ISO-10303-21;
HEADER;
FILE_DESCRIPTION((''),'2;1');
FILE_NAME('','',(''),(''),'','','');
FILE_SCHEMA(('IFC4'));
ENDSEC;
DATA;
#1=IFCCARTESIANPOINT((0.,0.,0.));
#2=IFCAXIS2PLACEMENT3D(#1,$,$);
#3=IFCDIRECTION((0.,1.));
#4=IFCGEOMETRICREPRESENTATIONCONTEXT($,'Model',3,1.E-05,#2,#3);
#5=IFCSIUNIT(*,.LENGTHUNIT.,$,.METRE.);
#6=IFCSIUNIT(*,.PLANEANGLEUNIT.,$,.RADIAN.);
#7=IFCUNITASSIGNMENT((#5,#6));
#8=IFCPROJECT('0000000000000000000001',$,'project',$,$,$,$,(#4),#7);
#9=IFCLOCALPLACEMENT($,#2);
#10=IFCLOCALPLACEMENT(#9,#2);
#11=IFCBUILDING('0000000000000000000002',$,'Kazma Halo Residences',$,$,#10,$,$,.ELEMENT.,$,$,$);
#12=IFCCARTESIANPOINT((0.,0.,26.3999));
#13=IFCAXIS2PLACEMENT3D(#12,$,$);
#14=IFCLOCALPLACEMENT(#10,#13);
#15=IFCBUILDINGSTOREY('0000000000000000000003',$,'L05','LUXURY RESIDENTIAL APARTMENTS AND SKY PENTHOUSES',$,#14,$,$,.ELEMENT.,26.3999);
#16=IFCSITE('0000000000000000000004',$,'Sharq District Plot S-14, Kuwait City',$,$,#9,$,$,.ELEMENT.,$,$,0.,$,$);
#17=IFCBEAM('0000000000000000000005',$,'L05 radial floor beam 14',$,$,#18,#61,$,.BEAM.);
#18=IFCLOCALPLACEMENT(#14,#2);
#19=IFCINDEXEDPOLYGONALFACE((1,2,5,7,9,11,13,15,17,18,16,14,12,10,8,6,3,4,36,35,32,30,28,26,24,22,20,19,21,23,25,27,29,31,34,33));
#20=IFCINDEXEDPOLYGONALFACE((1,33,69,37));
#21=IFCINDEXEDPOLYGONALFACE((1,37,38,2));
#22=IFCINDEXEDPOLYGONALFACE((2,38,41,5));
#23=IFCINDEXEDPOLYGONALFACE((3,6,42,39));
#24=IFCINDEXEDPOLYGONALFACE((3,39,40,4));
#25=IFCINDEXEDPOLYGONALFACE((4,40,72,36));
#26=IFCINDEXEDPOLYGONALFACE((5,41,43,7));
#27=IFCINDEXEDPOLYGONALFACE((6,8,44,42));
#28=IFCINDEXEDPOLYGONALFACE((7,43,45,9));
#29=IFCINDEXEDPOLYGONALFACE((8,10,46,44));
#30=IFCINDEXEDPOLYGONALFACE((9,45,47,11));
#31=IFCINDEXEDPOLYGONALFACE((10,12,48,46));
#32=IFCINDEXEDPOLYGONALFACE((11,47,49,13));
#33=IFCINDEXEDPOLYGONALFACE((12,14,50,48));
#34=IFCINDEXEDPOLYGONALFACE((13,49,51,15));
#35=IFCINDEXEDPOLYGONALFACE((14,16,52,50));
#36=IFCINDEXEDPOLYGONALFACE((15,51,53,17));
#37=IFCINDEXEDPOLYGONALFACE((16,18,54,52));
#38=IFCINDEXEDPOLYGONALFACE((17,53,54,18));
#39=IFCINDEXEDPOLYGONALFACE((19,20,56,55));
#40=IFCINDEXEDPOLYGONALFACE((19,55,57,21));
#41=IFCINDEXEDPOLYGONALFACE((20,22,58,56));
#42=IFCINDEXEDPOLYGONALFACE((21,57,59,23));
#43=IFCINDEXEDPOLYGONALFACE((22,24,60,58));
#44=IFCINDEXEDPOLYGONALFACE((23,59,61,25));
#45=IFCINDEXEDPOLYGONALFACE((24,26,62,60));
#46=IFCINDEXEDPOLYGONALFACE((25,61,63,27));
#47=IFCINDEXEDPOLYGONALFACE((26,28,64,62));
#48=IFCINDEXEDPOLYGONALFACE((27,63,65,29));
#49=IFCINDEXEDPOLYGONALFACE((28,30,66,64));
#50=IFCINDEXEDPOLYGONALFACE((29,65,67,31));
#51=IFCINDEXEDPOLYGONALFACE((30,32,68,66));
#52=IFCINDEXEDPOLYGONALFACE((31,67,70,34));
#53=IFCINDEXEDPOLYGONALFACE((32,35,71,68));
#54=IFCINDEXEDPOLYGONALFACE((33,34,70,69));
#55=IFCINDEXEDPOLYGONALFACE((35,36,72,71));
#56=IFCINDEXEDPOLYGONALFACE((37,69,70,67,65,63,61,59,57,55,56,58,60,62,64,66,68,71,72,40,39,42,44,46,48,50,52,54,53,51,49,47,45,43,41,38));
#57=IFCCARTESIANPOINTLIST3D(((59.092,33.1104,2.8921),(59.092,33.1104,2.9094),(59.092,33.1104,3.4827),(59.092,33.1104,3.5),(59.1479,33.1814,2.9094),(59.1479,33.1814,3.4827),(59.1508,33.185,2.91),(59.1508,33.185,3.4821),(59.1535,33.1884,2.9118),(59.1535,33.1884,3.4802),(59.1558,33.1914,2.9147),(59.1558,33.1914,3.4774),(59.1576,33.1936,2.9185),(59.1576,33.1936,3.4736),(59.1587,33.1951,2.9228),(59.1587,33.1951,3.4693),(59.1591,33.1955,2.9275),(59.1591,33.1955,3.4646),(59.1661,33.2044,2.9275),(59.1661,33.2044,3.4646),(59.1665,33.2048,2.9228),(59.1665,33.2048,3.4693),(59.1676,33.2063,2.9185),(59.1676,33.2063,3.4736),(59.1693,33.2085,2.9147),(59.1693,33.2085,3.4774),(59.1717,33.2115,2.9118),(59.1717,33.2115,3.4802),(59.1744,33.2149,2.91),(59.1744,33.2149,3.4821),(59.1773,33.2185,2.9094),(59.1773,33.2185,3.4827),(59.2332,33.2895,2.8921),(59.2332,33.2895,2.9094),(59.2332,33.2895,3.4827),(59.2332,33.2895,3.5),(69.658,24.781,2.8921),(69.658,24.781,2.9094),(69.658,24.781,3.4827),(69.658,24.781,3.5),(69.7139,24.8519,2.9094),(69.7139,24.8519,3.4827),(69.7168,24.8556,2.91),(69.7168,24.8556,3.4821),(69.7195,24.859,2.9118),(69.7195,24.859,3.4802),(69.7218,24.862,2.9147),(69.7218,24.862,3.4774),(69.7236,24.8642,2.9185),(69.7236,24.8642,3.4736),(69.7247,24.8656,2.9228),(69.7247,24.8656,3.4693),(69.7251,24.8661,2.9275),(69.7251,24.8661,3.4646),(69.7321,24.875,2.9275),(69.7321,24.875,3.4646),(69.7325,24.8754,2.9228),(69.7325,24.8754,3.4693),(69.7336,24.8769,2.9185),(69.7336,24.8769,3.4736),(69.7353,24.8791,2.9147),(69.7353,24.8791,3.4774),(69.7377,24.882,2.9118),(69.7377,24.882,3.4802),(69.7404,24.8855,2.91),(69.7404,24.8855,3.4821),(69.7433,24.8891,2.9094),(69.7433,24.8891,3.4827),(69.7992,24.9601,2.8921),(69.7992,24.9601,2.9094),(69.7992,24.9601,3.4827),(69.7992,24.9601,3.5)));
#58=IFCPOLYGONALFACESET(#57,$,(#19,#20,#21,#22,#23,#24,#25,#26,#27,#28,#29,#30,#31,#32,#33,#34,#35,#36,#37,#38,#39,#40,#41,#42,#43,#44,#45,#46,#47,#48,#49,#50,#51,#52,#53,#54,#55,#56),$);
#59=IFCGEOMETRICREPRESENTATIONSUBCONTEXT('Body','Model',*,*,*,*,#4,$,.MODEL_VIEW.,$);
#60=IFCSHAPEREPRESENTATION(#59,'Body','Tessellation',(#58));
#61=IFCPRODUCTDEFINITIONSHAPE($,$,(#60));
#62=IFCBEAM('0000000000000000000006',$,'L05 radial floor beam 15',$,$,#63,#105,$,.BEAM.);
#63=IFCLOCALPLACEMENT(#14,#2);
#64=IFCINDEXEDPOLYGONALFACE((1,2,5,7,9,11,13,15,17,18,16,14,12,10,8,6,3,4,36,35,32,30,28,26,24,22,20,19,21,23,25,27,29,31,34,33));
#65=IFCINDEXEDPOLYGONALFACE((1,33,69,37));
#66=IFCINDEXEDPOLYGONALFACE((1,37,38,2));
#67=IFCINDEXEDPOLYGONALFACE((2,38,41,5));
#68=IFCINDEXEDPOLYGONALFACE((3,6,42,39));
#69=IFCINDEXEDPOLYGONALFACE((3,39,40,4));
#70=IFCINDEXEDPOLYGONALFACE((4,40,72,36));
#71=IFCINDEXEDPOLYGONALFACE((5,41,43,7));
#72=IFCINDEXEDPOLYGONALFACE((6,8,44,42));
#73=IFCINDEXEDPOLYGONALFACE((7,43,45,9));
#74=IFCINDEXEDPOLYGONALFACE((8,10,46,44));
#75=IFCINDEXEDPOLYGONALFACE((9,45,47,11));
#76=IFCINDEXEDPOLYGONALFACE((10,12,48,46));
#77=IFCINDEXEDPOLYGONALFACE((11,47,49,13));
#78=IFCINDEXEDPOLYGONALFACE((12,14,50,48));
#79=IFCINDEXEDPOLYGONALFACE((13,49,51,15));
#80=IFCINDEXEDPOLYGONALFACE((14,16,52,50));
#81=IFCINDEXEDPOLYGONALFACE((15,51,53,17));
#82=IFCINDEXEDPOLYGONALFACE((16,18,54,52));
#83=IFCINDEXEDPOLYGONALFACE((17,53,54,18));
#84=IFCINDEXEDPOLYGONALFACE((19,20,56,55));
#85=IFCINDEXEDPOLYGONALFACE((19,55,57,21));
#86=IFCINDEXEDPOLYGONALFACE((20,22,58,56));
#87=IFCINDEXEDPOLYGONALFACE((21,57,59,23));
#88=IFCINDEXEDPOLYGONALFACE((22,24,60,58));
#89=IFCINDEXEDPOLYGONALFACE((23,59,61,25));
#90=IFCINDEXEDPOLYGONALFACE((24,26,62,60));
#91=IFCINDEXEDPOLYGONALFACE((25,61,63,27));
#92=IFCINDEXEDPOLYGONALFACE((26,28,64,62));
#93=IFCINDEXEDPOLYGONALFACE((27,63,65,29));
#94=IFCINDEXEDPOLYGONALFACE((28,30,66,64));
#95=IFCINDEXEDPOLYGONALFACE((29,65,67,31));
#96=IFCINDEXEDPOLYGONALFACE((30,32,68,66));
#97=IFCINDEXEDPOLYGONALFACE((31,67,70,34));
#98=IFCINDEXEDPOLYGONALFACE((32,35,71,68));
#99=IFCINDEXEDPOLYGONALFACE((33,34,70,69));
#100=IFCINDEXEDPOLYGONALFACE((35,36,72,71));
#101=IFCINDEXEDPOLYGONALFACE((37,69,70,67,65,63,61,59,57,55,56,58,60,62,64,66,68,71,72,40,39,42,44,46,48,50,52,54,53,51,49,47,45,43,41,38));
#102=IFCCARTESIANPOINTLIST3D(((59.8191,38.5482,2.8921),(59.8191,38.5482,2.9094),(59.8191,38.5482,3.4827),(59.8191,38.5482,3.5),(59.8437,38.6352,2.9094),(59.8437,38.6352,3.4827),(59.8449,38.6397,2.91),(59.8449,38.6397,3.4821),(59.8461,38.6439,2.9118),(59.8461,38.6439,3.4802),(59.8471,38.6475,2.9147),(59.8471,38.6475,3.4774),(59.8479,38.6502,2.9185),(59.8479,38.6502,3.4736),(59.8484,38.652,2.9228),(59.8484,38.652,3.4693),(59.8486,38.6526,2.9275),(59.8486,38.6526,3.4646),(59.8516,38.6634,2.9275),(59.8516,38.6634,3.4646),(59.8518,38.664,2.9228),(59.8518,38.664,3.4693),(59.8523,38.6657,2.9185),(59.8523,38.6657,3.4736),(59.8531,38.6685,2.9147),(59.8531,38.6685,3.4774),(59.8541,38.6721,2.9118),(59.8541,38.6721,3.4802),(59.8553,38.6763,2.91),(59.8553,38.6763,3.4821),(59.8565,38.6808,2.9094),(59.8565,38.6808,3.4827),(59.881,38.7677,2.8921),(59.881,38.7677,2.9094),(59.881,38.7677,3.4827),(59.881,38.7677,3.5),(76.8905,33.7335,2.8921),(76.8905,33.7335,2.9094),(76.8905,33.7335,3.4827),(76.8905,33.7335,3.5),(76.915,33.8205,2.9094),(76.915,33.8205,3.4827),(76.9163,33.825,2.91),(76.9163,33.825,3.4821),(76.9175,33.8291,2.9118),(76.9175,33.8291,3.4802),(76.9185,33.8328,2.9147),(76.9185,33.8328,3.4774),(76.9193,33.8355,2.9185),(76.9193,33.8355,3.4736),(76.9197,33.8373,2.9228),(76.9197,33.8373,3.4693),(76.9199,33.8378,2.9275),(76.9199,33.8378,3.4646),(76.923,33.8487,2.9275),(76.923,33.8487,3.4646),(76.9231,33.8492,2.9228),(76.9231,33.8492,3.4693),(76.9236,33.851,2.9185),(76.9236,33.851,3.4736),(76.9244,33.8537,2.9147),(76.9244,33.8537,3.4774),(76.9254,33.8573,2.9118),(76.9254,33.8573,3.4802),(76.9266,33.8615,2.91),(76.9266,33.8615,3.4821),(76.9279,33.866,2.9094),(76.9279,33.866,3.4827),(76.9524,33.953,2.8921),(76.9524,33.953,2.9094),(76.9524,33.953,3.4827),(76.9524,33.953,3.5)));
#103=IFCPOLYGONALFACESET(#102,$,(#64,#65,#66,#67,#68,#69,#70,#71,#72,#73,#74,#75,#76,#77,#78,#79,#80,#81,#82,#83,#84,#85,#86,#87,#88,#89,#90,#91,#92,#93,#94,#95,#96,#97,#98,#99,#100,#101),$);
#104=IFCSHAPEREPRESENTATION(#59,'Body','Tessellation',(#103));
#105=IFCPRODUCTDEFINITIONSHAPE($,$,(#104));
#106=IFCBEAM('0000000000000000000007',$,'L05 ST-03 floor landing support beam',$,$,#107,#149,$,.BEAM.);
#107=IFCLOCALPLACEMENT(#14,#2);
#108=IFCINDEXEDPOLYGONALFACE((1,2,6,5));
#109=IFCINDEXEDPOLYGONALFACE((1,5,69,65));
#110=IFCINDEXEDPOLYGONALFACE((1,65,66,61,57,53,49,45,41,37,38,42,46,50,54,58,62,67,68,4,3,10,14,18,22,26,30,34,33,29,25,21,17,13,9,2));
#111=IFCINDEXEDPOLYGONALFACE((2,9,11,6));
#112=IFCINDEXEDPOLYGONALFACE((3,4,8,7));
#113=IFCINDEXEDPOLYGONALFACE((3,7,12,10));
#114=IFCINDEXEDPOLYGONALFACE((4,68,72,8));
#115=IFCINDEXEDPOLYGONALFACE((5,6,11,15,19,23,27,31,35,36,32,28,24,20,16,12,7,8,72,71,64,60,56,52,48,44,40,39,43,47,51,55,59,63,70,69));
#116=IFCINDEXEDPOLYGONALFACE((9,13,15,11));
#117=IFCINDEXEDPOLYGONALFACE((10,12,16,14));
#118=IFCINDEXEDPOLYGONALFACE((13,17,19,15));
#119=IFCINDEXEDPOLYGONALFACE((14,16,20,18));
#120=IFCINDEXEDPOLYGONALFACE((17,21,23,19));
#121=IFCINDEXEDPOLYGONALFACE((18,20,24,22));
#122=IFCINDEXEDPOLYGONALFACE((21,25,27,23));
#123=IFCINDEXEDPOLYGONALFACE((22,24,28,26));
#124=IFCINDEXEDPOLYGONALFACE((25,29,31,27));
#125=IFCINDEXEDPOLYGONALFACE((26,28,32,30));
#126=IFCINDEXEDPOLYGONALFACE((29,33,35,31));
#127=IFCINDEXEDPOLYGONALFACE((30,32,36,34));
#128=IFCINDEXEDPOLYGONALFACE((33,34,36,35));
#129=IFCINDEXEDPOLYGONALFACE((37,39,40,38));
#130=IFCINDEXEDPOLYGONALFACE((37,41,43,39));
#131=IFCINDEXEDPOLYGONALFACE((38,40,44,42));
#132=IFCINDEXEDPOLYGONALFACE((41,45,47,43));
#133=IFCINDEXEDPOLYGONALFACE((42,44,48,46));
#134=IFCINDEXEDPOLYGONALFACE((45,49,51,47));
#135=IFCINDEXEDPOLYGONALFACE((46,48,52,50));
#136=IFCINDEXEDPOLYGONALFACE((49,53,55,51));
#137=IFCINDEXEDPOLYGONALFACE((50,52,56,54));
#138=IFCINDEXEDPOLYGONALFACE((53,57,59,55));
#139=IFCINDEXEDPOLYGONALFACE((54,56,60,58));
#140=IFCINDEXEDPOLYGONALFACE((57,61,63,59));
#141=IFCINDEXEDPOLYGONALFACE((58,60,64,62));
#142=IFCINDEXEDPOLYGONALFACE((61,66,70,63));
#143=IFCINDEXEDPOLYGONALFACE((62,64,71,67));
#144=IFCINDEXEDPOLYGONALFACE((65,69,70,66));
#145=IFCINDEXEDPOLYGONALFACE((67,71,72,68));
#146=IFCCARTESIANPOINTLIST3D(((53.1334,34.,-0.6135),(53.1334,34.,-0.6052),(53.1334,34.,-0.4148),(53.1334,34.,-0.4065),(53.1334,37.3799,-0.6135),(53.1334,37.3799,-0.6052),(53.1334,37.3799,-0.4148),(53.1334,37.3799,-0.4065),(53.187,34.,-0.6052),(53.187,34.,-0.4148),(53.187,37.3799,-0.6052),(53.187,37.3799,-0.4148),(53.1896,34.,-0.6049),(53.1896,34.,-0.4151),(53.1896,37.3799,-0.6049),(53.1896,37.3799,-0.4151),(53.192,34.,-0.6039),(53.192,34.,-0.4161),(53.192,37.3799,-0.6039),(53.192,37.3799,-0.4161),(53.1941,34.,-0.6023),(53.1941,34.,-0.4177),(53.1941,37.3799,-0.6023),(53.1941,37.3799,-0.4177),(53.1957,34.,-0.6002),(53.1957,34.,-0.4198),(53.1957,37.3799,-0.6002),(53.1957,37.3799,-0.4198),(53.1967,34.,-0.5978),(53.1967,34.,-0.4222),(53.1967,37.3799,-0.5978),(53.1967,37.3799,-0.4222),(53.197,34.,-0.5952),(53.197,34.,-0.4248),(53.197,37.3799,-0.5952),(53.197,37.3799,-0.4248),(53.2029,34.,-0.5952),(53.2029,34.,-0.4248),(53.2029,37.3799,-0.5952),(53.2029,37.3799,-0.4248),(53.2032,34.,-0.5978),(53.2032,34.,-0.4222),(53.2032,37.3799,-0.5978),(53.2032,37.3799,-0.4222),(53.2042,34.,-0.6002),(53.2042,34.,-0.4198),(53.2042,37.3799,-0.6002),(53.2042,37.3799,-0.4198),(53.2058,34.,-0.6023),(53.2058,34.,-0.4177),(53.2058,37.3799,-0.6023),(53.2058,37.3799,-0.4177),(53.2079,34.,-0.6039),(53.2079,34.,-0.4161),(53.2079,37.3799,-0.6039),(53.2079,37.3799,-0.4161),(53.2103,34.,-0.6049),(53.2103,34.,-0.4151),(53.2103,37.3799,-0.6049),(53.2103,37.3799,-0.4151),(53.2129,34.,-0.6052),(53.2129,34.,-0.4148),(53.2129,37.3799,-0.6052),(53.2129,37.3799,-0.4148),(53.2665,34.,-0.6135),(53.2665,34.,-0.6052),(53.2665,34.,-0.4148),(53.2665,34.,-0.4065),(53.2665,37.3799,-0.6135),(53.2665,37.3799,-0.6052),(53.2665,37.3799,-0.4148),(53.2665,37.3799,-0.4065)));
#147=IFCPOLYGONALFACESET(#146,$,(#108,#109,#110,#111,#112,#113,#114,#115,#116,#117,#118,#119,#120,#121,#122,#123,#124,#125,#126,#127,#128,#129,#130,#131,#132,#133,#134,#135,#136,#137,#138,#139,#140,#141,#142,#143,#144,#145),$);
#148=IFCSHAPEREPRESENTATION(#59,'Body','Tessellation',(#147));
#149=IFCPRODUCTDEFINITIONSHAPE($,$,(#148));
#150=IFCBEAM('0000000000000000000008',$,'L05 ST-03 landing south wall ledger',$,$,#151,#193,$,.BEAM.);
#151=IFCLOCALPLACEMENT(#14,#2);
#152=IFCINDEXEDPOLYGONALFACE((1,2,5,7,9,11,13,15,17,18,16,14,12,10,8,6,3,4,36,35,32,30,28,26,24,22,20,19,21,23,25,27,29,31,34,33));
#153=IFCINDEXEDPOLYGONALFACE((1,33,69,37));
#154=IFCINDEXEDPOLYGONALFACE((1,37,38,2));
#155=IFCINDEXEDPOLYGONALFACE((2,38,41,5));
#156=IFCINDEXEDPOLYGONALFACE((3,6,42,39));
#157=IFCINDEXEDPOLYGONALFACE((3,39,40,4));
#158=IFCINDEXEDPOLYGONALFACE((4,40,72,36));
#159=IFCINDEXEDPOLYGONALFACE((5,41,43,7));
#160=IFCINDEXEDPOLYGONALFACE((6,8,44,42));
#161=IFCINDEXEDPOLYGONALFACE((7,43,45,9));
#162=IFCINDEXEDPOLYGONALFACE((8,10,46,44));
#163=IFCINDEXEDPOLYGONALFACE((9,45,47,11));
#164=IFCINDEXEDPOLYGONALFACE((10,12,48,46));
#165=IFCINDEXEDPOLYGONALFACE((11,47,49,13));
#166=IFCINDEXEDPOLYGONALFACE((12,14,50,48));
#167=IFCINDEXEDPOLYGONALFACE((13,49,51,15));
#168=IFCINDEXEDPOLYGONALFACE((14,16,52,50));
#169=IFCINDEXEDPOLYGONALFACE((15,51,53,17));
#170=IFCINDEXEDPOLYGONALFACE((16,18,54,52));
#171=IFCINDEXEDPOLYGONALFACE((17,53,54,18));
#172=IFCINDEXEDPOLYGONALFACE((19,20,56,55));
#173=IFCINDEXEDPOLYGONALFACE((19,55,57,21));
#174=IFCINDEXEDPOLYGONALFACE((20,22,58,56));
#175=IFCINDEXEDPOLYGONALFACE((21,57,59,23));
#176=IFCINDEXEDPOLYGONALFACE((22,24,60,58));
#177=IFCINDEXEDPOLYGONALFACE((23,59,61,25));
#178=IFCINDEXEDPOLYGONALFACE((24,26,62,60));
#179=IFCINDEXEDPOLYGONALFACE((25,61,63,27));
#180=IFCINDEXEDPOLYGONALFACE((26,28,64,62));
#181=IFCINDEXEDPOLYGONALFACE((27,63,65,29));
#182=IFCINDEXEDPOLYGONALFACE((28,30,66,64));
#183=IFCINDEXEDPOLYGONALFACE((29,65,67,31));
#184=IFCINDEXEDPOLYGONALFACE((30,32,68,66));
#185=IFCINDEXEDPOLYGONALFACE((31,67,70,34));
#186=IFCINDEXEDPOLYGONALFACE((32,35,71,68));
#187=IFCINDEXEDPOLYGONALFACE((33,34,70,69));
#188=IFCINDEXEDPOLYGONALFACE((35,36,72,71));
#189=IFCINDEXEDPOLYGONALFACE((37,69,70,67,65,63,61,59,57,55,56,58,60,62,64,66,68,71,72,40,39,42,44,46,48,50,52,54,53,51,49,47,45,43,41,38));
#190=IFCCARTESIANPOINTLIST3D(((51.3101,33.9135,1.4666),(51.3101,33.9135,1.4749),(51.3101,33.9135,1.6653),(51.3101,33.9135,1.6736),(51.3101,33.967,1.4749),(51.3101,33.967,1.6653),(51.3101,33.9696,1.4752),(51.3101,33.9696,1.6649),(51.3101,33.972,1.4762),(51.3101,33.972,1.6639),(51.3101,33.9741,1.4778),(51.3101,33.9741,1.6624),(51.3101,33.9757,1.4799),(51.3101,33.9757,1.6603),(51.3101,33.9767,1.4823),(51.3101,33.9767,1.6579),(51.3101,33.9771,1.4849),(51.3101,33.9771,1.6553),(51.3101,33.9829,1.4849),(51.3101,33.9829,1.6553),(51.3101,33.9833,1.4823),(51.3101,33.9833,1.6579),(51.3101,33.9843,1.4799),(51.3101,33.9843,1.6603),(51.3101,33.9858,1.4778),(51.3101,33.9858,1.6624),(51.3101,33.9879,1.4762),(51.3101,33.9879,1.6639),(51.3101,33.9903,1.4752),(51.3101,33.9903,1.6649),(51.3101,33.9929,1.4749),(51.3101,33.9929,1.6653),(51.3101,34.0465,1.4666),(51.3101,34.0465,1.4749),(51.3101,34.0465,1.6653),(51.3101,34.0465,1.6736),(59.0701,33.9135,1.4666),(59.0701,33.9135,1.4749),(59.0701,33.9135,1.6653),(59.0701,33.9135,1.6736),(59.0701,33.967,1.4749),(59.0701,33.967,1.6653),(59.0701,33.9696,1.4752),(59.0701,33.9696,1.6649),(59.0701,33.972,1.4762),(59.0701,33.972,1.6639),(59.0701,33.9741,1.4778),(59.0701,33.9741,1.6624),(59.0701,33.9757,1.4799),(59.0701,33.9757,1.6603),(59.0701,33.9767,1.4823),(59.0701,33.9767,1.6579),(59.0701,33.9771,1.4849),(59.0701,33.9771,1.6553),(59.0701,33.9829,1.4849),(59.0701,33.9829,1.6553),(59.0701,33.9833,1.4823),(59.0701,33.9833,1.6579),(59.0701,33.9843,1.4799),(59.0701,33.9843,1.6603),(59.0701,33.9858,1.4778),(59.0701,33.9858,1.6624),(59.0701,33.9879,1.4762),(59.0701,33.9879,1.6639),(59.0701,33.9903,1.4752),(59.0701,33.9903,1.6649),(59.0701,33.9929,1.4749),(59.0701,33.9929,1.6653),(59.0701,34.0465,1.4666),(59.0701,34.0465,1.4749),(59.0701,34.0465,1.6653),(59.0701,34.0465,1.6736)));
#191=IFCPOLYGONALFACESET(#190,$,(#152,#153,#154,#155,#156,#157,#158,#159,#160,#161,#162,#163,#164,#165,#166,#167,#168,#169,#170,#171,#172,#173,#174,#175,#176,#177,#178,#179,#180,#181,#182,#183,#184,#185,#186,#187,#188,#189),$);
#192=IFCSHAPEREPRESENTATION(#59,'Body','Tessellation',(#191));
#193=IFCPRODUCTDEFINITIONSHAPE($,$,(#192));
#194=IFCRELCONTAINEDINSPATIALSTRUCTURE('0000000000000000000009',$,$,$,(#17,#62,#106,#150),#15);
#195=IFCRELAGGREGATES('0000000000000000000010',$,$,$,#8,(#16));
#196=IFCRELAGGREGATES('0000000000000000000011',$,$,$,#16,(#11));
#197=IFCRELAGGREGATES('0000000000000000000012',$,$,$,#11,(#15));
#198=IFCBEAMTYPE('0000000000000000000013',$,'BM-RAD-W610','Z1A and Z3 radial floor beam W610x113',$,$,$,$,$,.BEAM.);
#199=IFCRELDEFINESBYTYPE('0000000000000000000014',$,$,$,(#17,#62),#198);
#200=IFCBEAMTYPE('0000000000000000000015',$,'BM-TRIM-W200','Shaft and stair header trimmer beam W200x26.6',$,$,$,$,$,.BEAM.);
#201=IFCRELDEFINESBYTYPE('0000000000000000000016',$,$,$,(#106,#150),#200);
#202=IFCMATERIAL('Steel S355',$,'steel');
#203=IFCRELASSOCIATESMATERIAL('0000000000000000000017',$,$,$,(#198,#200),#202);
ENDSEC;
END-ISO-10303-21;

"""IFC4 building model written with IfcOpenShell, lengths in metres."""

from ifc_helpers import new_model, si_unit, direction, frame, origin, origin_2d, place, context, subcontext, project, spatial, i_section, extrude, material, material_profile, profile_set, type_object, element, save


model = new_model("IFC4")

# Units and contexts
model_context = context("Model", 3, precision=1e-05, world=origin(), true_north=direction((0.0, 1.0)))
body_context = subcontext(model_context, "Body", "Model", "MODEL_VIEW")
ifc_project = project(units=[si_unit("LENGTHUNIT", "METRE"), si_unit("PLANEANGLEUNIT", "RADIAN")], contexts=[model_context])

# Site, building, storey
site_placement = place(None, origin())
site = spatial("IfcSite", under=ifc_project, at=site_placement, Name="Sharq District Plot S-14, Kuwait City", CompositionType="ELEMENT", RefElevation=0.0)
building_placement = place(site_placement, origin())
building = spatial("IfcBuilding", under=site, at=building_placement, Name="Kazma Halo Residences", CompositionType="ELEMENT")
storey_placement = place(building_placement, frame((0.0, 0.0, 26.3999)))
storey = spatial("IfcBuildingStorey", under=building, at=storey_placement, Name="L05", Description="LUXURY RESIDENTIAL APARTMENTS AND SKY PENTHOUSES", CompositionType="ELEMENT", Elevation=26.3999)

# Shared definitions
ifc_material_1 = material(Name="Steel S355", Category="steel")

# Beams
ifc_material_profile_1 = material_profile(ifc_material_1, i_section(OverallWidth=0.228, OverallDepth=0.6079, WebThickness=0.0112, FlangeThickness=0.0173, FilletRadius=0.0181, at=origin_2d()), Name="W610x113")
ifc_profile_set_1 = profile_set([ifc_material_profile_1], Name="Steel S355")
beam_type_1 = type_object("IfcBeamType", Name="BM-RAD-W610", Description="Z1A and Z3 radial floor beam W610x113", PredefinedType="BEAM", material=ifc_profile_set_1)
beam_1_placement = place(storey_placement, frame((59.1626, 33.2, 3.196), z_axis=(0.785322, -0.619087, 0.0), x_axis=(0.619087, 0.785322, 0.0)))
element("IfcBeam", 1, at=beam_1_placement, inside=storey, type_object=beam_type_1, Name="L05 radial floor beam 14", PredefinedType="BEAM", context=body_context, shape_type="SweptSolid", body=[
    extrude(i_section(OverallWidth=0.228, OverallDepth=0.6079, WebThickness=0.0112, FlangeThickness=0.0173, FilletRadius=0.0181, at=origin_2d()), origin(), (0.0, 0.0, 1.0), 13.4543),
])
beam_2_placement = place(storey_placement, frame((59.8501, 38.658, 3.196), z_axis=(0.962454, -0.271445, 0.0), x_axis=(0.271445, 0.962454, 0.0)))
element("IfcBeam", 2, at=beam_2_placement, inside=storey, type_object=beam_type_1, Name="L05 radial floor beam 15", PredefinedType="BEAM", context=body_context, shape_type="SweptSolid", body=[
    extrude(i_section(OverallWidth=0.228, OverallDepth=0.6079, WebThickness=0.0112, FlangeThickness=0.0173, FilletRadius=0.0181, at=origin_2d()), origin(), (0.0, 0.0, 1.0), 17.7373),
])
ifc_material_profile_2 = material_profile(ifc_material_1, i_section(OverallWidth=0.1331, OverallDepth=0.207, WebThickness=0.0059, FlangeThickness=0.0083, FilletRadius=0.01, at=origin_2d()), Name="W200x26.6")
ifc_profile_set_2 = profile_set([ifc_material_profile_2], Name="Steel S355")
beam_type_2 = type_object("IfcBeamType", Name="BM-TRIM-W200", Description="Shaft and stair header trimmer beam W200x26.6", PredefinedType="BEAM", material=ifc_profile_set_2)
beam_3_placement = place(storey_placement, frame((53.2, 34.0, -0.51), z_axis=(0.0, 1.0, 0.0), x_axis=(-1.0, 0.0, 0.0)))
element("IfcBeam", 3, at=beam_3_placement, inside=storey, type_object=beam_type_2, Name="L05 ST-03 floor landing support beam", PredefinedType="BEAM", context=body_context, shape_type="SweptSolid", body=[
    extrude(i_section(OverallWidth=0.1331, OverallDepth=0.207, WebThickness=0.0059, FlangeThickness=0.0083, FilletRadius=0.01, at=origin_2d()), origin(), (0.0, 0.0, 1.0), 3.3799),
])
beam_4_placement = place(storey_placement, frame((51.3101, 33.98, 1.5701), z_axis=(1.0, 0.0, 0.0), x_axis=(0.0, 1.0, 0.0)))
element("IfcBeam", 4, at=beam_4_placement, inside=storey, type_object=beam_type_2, Name="L05 ST-03 landing south wall ledger", PredefinedType="BEAM", context=body_context, shape_type="SweptSolid", body=[
    extrude(i_section(OverallWidth=0.1331, OverallDepth=0.207, WebThickness=0.0059, FlangeThickness=0.0083, FilletRadius=0.01, at=origin_2d()), origin(), (0.0, 0.0, 1.0), 7.76),
])

save(model, "model.ifc")
